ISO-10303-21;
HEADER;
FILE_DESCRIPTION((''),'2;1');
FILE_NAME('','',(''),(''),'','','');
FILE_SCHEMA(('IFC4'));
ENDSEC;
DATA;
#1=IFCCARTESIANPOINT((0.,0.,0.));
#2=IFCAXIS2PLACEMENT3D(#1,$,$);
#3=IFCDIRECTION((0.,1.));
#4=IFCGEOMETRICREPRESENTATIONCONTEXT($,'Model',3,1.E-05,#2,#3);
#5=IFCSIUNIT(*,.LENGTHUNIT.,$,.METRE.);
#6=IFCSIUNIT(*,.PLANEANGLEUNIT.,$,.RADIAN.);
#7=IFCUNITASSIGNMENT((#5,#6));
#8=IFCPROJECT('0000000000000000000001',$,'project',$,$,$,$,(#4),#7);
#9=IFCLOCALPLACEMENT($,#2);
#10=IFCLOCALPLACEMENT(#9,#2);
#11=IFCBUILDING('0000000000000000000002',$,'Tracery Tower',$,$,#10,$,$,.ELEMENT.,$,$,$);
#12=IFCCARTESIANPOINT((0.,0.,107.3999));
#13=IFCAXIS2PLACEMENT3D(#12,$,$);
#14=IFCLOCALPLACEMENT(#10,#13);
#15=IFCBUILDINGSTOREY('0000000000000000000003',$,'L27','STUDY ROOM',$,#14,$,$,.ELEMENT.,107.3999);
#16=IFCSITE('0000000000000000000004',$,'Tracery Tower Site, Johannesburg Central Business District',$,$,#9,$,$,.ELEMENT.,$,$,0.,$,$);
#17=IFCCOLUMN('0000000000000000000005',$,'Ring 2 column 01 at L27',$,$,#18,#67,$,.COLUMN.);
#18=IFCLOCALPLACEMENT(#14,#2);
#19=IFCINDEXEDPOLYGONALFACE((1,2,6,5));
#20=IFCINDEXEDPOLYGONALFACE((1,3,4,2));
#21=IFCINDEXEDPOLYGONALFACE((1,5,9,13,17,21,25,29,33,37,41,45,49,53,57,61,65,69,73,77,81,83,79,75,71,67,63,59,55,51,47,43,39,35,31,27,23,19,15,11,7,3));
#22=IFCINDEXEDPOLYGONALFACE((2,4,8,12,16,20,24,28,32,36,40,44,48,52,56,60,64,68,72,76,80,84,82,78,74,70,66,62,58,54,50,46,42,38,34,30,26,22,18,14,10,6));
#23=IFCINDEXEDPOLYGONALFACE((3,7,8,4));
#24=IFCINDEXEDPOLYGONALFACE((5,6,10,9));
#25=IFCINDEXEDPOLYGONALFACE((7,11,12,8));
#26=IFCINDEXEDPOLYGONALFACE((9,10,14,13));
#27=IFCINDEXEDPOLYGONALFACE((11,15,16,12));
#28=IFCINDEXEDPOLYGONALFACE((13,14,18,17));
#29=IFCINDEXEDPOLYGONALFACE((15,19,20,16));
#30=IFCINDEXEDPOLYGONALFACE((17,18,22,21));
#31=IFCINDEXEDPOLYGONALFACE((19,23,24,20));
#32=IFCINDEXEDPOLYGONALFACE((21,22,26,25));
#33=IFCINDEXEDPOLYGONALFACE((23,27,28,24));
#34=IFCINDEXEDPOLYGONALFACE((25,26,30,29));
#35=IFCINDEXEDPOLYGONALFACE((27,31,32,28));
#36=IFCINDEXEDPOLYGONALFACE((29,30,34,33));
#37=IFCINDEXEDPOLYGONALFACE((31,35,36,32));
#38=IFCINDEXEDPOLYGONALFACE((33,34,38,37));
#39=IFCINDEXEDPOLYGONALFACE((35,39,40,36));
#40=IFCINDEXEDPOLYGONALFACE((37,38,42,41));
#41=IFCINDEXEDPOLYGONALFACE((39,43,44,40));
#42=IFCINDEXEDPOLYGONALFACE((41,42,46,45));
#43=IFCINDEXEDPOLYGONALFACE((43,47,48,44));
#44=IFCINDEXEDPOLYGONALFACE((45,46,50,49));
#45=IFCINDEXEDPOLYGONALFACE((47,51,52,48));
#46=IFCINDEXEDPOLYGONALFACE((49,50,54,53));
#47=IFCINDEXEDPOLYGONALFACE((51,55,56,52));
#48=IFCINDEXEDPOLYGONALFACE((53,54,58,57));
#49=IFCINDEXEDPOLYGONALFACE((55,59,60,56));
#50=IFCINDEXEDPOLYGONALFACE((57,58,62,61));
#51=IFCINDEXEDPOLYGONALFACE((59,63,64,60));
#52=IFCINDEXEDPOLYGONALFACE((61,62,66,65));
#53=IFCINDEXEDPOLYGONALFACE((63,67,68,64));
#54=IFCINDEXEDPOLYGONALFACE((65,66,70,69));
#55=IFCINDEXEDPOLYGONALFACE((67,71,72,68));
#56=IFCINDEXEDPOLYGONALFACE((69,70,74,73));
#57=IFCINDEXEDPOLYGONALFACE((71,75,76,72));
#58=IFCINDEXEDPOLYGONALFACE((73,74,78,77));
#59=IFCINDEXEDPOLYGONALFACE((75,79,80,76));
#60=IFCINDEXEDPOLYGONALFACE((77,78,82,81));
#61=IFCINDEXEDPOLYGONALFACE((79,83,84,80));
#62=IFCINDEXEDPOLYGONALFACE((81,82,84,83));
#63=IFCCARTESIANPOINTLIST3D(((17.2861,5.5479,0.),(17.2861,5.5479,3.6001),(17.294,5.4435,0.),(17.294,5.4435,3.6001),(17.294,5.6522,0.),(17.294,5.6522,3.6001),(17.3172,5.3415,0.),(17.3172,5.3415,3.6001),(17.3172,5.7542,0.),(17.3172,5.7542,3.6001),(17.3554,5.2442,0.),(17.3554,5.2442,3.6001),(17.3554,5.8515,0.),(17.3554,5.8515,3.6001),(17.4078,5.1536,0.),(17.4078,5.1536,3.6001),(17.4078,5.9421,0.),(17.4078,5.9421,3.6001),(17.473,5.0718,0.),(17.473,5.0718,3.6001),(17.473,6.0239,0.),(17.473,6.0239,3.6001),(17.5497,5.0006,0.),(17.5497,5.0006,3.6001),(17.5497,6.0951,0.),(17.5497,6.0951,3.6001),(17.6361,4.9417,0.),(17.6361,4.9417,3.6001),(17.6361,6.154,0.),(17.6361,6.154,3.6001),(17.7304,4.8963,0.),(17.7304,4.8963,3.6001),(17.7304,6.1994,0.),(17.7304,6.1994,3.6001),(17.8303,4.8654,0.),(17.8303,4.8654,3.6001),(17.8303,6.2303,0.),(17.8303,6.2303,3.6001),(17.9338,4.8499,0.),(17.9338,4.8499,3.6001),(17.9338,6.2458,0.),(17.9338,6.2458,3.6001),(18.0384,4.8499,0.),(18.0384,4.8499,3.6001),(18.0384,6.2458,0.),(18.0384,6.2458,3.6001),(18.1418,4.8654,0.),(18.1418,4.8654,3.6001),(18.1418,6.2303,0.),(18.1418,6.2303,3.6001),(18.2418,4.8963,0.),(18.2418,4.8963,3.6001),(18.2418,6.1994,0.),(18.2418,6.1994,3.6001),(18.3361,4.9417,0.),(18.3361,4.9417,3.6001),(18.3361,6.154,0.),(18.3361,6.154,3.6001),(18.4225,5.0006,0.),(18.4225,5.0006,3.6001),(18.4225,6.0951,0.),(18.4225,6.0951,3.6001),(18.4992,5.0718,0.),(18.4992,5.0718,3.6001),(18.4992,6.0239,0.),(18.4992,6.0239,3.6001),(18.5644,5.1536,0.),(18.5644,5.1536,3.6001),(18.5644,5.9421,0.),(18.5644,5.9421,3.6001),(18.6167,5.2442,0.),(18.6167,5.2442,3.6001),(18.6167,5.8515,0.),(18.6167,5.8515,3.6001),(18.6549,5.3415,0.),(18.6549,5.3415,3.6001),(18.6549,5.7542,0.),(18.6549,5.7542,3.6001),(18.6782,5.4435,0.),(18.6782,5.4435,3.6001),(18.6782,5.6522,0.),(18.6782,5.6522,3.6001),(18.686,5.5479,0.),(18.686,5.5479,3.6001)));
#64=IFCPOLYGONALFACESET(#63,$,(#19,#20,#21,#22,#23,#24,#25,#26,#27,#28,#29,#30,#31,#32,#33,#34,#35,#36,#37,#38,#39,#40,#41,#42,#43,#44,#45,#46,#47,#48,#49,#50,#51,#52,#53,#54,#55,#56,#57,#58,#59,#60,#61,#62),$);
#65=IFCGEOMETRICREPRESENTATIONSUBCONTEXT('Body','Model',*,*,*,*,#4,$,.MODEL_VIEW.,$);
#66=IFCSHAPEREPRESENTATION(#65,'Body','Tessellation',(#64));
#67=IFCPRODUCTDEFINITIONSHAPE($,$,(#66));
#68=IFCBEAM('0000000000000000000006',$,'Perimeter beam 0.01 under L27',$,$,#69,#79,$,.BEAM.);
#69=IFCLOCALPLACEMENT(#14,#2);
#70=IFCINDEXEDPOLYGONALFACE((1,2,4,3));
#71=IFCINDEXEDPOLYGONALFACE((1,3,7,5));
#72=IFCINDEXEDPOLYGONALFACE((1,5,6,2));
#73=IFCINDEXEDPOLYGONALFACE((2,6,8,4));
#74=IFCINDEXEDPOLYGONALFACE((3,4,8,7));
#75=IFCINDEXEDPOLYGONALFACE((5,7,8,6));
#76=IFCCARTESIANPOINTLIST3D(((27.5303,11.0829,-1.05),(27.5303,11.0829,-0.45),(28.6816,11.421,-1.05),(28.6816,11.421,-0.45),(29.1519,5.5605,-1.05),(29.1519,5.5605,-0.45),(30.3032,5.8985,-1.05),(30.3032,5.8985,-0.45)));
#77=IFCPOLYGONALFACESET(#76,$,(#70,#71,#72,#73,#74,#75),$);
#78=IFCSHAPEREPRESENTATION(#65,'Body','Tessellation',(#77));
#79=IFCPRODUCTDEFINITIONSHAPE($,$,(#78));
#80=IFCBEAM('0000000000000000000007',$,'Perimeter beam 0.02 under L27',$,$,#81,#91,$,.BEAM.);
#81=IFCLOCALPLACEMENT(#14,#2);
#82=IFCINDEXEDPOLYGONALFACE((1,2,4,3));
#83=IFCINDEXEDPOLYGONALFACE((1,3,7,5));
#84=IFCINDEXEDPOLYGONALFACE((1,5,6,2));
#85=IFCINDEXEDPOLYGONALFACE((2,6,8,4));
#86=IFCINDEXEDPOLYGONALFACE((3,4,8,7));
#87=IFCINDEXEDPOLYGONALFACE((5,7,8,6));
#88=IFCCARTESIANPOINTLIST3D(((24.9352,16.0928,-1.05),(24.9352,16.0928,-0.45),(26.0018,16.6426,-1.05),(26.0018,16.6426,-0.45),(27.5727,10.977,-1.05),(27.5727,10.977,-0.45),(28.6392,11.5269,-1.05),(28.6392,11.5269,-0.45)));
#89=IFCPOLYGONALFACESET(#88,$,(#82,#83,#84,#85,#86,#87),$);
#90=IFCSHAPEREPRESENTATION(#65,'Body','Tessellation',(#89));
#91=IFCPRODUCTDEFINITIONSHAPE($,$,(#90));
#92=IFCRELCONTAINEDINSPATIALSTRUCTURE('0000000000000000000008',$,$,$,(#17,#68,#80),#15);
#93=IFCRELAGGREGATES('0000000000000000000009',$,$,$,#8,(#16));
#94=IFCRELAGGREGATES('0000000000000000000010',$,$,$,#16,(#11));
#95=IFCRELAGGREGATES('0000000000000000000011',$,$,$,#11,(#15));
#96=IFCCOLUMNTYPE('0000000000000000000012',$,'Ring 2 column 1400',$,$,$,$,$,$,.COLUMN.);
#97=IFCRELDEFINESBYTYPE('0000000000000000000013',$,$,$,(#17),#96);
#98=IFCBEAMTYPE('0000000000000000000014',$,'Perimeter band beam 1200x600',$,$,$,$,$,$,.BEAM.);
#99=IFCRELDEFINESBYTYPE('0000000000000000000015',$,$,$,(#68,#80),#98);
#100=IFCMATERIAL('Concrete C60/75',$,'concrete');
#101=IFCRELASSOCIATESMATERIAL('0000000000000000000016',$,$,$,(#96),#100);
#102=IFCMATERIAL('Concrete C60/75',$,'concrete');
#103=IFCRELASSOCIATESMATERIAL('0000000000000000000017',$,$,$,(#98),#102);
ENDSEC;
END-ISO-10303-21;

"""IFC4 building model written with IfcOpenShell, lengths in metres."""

from ifc_helpers import new_model, si_unit, direction, frame, origin, origin_2d, place, context, subcontext, project, spatial, rectangle, circle, extrude, material, material_profile, profile_set, type_object, element, save


model = new_model("IFC4")

# Units and contexts
model_context = context("Model", 3, precision=1e-05, world=origin(), true_north=direction((0.0, 1.0)))
body_context = subcontext(model_context, "Body", "Model", "MODEL_VIEW")
ifc_project = project(units=[si_unit("LENGTHUNIT", "METRE"), si_unit("PLANEANGLEUNIT", "RADIAN")], contexts=[model_context])

# Site, building, storey
site_placement = place(None, origin())
site = spatial("IfcSite", under=ifc_project, at=site_placement, Name="Tracery Tower Site, Johannesburg Central Business District", CompositionType="ELEMENT", RefElevation=0.0)
building_placement = place(site_placement, origin())
building = spatial("IfcBuilding", under=site, at=building_placement, Name="Tracery Tower", CompositionType="ELEMENT")
storey_placement = place(building_placement, frame((0.0, 0.0, 107.3999)))
storey = spatial("IfcBuildingStorey", under=building, at=storey_placement, Name="L27", Description="STUDY ROOM", CompositionType="ELEMENT", Elevation=107.3999)

# Column
ifc_material_1 = material(Name="Concrete C60/75", Category="concrete")
ifc_material_profile_1 = material_profile(ifc_material_1, circle(Radius=0.7, at=origin_2d()), Name="RC D1400")
ifc_profile_set_1 = profile_set([ifc_material_profile_1], Name="Concrete C60/75")
column_type_1 = type_object("IfcColumnType", Name="Ring 2 column 1400", PredefinedType="COLUMN", material=ifc_profile_set_1)
column_placement = place(storey_placement, frame((17.9861, 5.5479, 0.0), z_axis=(0.0, 0.0, 1.0), x_axis=(1.0, 0.0, 0.0)))
element("IfcColumn", 1, at=column_placement, inside=storey, type_object=column_type_1, Name="Ring 2 column 01 at L27", PredefinedType="COLUMN", context=body_context, shape_type="SweptSolid", body=[
    extrude(circle(Radius=0.7, at=origin_2d()), origin(), (0.0, 0.0, 1.0), 3.6001),
])

# Beams
ifc_material_2 = material(Name="Concrete C60/75", Category="concrete")
ifc_material_profile_2 = material_profile(ifc_material_2, rectangle(XDim=1.2, YDim=0.6001, at=origin_2d()), Name="RC 1200x600")
ifc_profile_set_2 = profile_set([ifc_material_profile_2], Name="Concrete C60/75")
beam_type = type_object("IfcBeamType", Name="Perimeter band beam 1200x600", PredefinedType="BEAM", material=ifc_profile_set_2)
for number, where, z_axis, x_axis, name in (
    (2, (29.7275, 5.7295, -0.75), (-0.281739, 0.959491, 0.0), (-0.959491, -0.281739, 0.0), "Perimeter beam 0.01 under L27"),
    (3, (28.106, 11.252, -0.75), (-0.458242, 0.888827, 0.0), (-0.888827, -0.458242, 0.0), "Perimeter beam 0.02 under L27"),
):
    element("IfcBeam", number, at=place(storey_placement, frame(where, z_axis=z_axis, x_axis=x_axis)), inside=storey, type_object=beam_type, Name=name, PredefinedType="BEAM", context=body_context, shape_type="SweptSolid", body=[
        extrude(rectangle(XDim=1.2, YDim=0.6001, at=origin_2d()), origin(), (0.0, 0.0, 1.0), 5.7556),
    ])

save(model, "model.ifc")
